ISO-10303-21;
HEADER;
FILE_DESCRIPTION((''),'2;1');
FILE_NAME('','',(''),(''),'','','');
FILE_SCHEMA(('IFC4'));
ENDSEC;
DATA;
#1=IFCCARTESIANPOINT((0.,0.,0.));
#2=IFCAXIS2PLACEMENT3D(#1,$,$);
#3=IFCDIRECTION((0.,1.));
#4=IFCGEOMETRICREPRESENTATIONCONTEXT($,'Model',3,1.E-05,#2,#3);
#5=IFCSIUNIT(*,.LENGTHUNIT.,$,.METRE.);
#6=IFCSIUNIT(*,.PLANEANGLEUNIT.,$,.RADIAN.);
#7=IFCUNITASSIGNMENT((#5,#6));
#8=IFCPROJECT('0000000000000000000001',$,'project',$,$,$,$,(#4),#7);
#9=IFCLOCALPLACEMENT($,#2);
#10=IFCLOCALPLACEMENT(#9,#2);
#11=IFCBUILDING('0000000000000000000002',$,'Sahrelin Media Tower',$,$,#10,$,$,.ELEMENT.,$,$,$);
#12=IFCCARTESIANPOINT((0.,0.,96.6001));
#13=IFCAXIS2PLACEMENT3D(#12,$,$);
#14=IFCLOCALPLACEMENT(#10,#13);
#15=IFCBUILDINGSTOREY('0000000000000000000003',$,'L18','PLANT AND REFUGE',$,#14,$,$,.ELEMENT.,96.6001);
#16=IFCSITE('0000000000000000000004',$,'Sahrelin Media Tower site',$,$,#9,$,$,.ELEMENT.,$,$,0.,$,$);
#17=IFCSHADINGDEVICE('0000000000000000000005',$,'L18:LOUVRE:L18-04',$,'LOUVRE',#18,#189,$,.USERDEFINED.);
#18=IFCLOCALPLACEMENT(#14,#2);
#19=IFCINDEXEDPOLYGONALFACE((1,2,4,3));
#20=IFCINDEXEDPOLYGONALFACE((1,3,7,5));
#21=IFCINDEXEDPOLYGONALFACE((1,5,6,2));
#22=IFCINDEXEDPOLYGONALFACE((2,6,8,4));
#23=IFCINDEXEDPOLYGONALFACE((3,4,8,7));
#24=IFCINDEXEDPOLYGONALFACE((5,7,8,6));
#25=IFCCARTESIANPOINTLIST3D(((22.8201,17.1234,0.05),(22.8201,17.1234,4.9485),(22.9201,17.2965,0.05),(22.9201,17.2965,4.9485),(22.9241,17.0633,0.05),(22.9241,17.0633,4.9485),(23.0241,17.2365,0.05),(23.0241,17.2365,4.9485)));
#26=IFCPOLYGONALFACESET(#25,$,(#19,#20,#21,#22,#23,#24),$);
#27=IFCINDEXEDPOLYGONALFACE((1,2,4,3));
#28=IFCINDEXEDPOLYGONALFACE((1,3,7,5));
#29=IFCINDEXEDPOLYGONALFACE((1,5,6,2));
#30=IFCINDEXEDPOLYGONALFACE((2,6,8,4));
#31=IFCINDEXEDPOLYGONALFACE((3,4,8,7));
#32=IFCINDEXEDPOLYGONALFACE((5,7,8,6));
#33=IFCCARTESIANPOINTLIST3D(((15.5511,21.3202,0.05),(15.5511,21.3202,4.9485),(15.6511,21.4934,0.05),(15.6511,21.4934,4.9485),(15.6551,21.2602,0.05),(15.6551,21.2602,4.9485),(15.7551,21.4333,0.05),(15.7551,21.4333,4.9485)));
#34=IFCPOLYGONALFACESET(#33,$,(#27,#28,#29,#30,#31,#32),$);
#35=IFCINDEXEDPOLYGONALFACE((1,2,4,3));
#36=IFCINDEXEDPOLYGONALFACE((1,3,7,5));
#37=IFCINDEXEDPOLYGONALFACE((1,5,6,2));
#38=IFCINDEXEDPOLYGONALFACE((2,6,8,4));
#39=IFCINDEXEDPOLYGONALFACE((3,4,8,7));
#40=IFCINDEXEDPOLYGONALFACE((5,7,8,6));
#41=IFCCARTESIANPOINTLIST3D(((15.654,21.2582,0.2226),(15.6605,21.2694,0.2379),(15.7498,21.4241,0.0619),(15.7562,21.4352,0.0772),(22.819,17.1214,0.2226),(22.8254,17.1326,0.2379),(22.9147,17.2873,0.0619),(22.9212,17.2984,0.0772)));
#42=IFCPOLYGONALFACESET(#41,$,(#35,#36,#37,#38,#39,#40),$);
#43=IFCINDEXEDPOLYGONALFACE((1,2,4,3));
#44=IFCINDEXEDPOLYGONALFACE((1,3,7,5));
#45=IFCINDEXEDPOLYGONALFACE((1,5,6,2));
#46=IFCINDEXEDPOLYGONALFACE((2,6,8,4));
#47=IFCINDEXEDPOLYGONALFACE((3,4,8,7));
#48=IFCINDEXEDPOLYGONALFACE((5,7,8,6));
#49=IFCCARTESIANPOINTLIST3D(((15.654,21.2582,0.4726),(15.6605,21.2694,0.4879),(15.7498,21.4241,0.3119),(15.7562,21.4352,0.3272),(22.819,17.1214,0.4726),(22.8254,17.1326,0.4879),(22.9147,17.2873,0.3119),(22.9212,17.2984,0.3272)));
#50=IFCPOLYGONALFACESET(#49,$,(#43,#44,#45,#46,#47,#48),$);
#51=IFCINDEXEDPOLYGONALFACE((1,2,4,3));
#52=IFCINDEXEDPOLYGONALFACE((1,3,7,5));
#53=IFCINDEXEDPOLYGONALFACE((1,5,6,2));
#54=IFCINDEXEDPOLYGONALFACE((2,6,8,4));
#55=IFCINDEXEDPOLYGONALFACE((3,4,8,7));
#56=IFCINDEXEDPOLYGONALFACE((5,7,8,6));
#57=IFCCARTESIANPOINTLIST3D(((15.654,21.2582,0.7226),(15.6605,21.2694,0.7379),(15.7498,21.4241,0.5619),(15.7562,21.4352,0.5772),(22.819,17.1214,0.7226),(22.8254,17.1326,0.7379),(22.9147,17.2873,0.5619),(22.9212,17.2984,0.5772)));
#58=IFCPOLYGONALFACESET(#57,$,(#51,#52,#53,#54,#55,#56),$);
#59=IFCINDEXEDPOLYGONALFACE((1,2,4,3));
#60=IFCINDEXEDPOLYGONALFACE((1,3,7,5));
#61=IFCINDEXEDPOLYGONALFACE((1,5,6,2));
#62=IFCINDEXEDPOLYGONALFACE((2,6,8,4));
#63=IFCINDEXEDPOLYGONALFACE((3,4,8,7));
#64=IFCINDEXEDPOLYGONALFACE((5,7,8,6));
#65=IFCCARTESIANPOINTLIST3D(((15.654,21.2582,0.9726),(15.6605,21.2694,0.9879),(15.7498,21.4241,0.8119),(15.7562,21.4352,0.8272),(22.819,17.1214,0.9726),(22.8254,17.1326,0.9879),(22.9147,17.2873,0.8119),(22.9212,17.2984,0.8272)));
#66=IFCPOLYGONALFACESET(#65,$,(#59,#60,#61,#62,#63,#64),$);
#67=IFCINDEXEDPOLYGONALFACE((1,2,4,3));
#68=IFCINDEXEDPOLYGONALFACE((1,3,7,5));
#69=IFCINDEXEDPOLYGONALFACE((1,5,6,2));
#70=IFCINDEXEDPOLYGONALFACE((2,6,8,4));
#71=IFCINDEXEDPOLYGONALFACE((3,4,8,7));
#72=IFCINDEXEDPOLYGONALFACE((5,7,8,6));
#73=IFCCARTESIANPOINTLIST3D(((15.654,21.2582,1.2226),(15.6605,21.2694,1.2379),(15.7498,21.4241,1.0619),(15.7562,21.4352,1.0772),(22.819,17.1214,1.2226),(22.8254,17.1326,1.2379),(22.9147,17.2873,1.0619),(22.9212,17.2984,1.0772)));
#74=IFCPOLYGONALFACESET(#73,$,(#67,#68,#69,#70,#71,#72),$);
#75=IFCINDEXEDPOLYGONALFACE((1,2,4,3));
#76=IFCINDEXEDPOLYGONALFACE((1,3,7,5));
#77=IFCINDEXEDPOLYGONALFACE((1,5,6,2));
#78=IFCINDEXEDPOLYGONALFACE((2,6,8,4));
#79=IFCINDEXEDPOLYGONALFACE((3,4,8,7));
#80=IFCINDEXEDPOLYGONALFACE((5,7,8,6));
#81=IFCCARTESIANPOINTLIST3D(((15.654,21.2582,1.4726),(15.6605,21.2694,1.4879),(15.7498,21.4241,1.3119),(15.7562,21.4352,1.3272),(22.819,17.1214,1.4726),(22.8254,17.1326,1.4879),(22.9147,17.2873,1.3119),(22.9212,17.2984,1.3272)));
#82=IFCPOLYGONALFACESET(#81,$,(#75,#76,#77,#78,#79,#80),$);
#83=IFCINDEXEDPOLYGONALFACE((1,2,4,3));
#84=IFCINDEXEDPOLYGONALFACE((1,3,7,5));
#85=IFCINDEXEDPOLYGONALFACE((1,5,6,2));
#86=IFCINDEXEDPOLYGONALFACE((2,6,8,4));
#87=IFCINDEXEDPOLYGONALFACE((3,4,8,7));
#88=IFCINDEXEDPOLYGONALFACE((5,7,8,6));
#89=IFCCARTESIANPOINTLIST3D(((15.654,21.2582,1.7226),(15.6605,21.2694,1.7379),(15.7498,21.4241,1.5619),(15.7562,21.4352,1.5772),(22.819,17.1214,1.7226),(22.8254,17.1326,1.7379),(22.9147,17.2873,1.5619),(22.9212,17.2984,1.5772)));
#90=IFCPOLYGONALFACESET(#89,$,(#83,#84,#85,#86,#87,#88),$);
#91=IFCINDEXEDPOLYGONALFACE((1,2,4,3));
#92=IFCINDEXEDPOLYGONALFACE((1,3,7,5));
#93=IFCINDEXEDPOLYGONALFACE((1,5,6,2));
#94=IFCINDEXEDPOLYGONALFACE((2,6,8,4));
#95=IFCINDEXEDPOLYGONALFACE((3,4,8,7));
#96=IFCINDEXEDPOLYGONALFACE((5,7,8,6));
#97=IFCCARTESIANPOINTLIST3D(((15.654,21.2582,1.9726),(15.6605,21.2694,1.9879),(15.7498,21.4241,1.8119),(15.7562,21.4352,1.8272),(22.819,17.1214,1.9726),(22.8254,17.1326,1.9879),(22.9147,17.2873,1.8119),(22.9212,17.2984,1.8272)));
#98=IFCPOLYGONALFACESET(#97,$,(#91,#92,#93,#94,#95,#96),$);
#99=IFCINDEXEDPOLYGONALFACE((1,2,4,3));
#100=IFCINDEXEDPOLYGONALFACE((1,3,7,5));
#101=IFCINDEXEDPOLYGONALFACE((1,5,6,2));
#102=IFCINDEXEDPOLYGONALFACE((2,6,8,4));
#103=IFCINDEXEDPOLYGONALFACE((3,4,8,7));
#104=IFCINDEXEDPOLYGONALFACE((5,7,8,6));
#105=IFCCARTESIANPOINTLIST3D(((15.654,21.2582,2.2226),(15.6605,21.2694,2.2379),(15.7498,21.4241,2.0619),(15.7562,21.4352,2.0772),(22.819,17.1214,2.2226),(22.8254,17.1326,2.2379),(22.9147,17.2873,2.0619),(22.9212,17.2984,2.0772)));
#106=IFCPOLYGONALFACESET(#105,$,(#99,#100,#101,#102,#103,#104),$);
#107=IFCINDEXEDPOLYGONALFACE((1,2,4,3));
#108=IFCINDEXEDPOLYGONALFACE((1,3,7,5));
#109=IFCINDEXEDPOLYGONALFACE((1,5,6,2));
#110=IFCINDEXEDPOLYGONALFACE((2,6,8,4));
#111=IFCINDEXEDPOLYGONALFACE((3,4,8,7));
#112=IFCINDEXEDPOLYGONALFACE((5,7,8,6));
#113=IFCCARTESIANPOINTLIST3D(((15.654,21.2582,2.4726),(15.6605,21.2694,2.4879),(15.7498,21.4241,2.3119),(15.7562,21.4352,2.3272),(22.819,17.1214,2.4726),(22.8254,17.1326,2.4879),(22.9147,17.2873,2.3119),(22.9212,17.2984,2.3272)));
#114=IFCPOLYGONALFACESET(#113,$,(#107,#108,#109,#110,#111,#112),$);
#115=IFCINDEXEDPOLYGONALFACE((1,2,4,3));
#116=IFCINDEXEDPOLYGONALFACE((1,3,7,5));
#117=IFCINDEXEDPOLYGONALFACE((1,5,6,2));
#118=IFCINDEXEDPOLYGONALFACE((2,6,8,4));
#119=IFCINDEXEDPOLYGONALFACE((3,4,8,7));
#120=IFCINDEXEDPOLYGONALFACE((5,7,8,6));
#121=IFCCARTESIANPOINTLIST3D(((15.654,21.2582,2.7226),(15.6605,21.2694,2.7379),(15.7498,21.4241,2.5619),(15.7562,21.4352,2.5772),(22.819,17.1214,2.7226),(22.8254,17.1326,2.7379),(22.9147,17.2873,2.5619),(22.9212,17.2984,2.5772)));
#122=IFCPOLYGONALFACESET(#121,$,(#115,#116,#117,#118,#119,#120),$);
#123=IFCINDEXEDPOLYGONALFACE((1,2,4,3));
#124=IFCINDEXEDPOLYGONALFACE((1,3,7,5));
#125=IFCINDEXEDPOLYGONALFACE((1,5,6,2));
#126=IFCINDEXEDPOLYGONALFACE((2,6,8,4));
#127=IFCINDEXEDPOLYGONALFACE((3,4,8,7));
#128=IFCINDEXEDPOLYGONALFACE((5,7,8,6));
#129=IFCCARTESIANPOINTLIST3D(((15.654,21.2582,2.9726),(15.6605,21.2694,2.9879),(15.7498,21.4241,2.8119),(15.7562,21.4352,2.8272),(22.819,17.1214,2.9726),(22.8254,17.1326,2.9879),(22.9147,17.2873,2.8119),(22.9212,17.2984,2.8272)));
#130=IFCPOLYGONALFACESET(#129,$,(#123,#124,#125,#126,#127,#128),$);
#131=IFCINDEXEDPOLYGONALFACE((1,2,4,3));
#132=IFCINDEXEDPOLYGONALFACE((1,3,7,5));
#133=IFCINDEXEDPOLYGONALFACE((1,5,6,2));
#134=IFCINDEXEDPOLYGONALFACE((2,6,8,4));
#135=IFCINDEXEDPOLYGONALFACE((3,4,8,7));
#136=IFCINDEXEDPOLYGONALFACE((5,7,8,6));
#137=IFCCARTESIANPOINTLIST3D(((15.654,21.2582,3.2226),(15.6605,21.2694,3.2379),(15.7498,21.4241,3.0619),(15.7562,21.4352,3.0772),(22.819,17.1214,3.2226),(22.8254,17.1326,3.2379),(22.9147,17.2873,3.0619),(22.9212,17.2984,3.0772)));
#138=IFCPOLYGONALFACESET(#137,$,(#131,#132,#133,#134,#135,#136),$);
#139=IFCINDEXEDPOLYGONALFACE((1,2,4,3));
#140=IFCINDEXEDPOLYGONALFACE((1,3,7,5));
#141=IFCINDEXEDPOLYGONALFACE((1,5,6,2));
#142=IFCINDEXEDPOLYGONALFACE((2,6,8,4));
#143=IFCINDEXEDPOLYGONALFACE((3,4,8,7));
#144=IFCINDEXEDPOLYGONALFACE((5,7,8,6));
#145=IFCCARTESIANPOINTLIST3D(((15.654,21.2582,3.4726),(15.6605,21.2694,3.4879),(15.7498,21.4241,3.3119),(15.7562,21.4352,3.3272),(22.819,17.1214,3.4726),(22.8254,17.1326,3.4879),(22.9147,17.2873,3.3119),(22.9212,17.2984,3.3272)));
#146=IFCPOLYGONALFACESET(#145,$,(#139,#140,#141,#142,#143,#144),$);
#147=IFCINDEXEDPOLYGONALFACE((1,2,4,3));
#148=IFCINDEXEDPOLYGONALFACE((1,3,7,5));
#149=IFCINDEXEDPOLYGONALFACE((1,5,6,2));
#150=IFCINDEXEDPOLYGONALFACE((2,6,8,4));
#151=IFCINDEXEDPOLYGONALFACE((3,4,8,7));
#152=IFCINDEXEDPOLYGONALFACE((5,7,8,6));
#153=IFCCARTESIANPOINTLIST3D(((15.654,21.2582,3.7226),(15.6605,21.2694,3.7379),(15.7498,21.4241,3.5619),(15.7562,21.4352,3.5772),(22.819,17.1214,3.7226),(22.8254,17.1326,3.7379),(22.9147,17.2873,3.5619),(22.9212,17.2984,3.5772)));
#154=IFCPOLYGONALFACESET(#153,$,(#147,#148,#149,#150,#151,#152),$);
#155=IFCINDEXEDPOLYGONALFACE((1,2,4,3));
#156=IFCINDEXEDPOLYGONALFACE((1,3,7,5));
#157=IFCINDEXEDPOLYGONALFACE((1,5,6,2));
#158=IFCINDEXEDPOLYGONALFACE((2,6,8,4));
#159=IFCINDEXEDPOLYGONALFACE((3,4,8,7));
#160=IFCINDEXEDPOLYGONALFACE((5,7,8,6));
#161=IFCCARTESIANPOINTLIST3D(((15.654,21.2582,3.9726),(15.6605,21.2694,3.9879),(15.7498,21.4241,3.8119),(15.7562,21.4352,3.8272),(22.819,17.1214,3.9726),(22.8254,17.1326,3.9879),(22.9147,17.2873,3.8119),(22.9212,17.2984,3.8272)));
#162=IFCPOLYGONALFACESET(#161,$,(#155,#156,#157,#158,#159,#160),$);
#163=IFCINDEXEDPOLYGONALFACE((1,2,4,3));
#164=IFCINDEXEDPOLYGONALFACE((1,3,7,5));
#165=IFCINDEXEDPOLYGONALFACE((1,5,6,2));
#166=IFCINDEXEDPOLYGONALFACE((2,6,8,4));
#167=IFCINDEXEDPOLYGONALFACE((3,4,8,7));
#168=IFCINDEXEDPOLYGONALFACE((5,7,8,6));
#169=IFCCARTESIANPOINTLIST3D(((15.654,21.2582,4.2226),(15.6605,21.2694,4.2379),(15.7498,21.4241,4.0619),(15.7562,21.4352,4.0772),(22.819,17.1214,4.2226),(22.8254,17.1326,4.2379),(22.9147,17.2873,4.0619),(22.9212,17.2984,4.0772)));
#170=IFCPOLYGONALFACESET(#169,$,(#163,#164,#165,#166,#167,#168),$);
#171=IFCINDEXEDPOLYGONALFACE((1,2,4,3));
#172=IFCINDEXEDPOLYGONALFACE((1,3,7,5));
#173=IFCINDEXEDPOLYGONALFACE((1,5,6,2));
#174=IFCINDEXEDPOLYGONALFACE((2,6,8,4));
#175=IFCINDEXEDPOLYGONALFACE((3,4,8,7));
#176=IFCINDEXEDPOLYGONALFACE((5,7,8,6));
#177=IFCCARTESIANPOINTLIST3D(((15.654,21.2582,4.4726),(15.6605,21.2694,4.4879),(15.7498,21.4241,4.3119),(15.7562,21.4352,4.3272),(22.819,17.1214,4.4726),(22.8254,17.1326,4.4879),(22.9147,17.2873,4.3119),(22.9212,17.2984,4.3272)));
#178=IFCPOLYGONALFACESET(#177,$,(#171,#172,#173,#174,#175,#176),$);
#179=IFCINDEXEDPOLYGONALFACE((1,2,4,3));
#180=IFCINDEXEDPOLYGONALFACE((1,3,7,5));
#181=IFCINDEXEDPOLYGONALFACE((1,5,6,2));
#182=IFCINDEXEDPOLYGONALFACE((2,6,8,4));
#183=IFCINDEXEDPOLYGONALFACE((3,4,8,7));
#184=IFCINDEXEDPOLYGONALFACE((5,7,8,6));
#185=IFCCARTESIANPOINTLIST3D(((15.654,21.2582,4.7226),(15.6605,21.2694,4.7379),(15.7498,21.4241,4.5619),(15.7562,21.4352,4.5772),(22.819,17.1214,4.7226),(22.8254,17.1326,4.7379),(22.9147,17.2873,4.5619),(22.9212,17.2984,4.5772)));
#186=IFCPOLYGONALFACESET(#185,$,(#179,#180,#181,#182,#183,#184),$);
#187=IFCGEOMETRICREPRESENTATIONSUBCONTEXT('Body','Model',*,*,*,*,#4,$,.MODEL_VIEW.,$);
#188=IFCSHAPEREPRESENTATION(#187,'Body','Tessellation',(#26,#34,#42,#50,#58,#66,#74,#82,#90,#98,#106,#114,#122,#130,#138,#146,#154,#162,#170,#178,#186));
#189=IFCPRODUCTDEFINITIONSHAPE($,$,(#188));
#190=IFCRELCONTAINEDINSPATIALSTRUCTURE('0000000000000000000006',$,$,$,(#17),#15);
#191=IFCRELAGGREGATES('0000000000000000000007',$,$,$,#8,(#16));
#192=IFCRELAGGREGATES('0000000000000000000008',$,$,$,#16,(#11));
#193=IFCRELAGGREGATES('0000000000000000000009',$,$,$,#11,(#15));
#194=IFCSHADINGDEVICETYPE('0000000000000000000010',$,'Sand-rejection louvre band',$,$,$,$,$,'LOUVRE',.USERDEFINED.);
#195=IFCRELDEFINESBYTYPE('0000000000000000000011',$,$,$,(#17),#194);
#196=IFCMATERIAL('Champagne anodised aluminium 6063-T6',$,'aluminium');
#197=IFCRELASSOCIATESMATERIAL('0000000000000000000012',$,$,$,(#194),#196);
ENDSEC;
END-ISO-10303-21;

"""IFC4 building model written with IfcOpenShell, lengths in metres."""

from ifc_helpers import new_model, si_unit, direction, frame, origin, origin_2d, place, context, subcontext, project, spatial, rectangle, extrude, material, type_object, element, save


model = new_model("IFC4")

# Units and contexts
model_context = context("Model", 3, precision=1e-05, world=origin(), true_north=direction((0.0, 1.0)))
body_context = subcontext(model_context, "Body", "Model", "MODEL_VIEW")
ifc_project = project(units=[si_unit("LENGTHUNIT", "METRE"), si_unit("PLANEANGLEUNIT", "RADIAN")], contexts=[model_context])

# Site, building, storey
site_placement = place(None, origin())
site = spatial("IfcSite", under=ifc_project, at=site_placement, Name="Sahrelin Media Tower site", CompositionType="ELEMENT", RefElevation=0.0)
building_placement = place(site_placement, origin())
building = spatial("IfcBuilding", under=site, at=building_placement, Name="Sahrelin Media Tower", CompositionType="ELEMENT")
storey_placement = place(building_placement, frame((0.0, 0.0, 96.6001)))
storey = spatial("IfcBuildingStorey", under=building, at=storey_placement, Name="L18", Description="PLANT AND REFUGE", CompositionType="ELEMENT", Elevation=96.6001)

# Shading device
ifc_material_1 = material(Name="Champagne anodised aluminium 6063-T6", Category="aluminium")
shading_device_type = type_object("IfcShadingDeviceType", Name="Sand-rejection louvre band", ElementType="LOUVRE", PredefinedType="USERDEFINED", material=ifc_material_1)
shading_device_1_placement = place(storey_placement, frame((19.2375, 19.1917, 0.0), z_axis=(0.0, 0.0, 1.0), x_axis=(0.866019, -0.500011, 0.0)))
element("IfcShadingDevice", 1, at=shading_device_1_placement, inside=storey, type_object=shading_device_type, Name="L18:LOUVRE:L18-04", ObjectType="LOUVRE", PredefinedType="USERDEFINED", context=body_context, shape_type="SweptSolid", body=[
    extrude(rectangle(XDim=0.1201, YDim=0.2, at=origin_2d()), frame((4.1968, 0.1001, 0.05), z_axis=(0.0, 0.0, 1.0), x_axis=(1.0, 0.0, 0.0)), (0.0, 0.0, 1.0), 4.8984),
    extrude(rectangle(XDim=0.1201, YDim=0.2, at=origin_2d()), frame((-4.1968, 0.1001, 0.05), z_axis=(0.0, 0.0, 1.0), x_axis=(1.0, 0.0, 0.0)), (0.0, 0.0, 1.0), 4.8984),
    extrude(rectangle(XDim=0.25, YDim=0.02, at=origin_2d()), frame((4.1367, 0.1001, 0.1499), z_axis=(-1.0, 0.0, 0.0), x_axis=(0.0, -0.766044, 0.642788)), (0.0, 0.0, 1.0), 8.2734),
    extrude(rectangle(XDim=0.25, YDim=0.02, at=origin_2d()), frame((4.1367, 0.1001, 0.3999), z_axis=(-1.0, 0.0, 0.0), x_axis=(0.0, -0.766044, 0.642788)), (0.0, 0.0, 1.0), 8.2734),
    extrude(rectangle(XDim=0.25, YDim=0.02, at=origin_2d()), frame((4.1367, 0.1001, 0.6499), z_axis=(-1.0, 0.0, 0.0), x_axis=(0.0, -0.766044, 0.642788)), (0.0, 0.0, 1.0), 8.2734),
    extrude(rectangle(XDim=0.25, YDim=0.02, at=origin_2d()), frame((4.1367, 0.1001, 0.8999), z_axis=(-1.0, 0.0, 0.0), x_axis=(0.0, -0.766044, 0.642788)), (0.0, 0.0, 1.0), 8.2734),
    extrude(rectangle(XDim=0.25, YDim=0.02, at=origin_2d()), frame((4.1367, 0.1001, 1.1499), z_axis=(-1.0, 0.0, 0.0), x_axis=(0.0, -0.766044, 0.642788)), (0.0, 0.0, 1.0), 8.2734),
    extrude(rectangle(XDim=0.25, YDim=0.02, at=origin_2d()), frame((4.1367, 0.1001, 1.3999), z_axis=(-1.0, 0.0, 0.0), x_axis=(0.0, -0.766044, 0.642788)), (0.0, 0.0, 1.0), 8.2734),
    extrude(rectangle(XDim=0.25, YDim=0.02, at=origin_2d()), frame((4.1367, 0.1001, 1.6499), z_axis=(-1.0, 0.0, 0.0), x_axis=(0.0, -0.766044, 0.642788)), (0.0, 0.0, 1.0), 8.2734),
    extrude(rectangle(XDim=0.25, YDim=0.02, at=origin_2d()), frame((4.1367, 0.1001, 1.8999), z_axis=(-1.0, 0.0, 0.0), x_axis=(0.0, -0.766044, 0.642788)), (0.0, 0.0, 1.0), 8.2734),
    extrude(rectangle(XDim=0.25, YDim=0.02, at=origin_2d()), frame((4.1367, 0.1001, 2.1499), z_axis=(-1.0, 0.0, 0.0), x_axis=(0.0, -0.766044, 0.642788)), (0.0, 0.0, 1.0), 8.2734),
    extrude(rectangle(XDim=0.25, YDim=0.02, at=origin_2d()), frame((4.1367, 0.1001, 2.3999), z_axis=(-1.0, 0.0, 0.0), x_axis=(0.0, -0.766044, 0.642788)), (0.0, 0.0, 1.0), 8.2734),
    extrude(rectangle(XDim=0.25, YDim=0.02, at=origin_2d()), frame((4.1367, 0.1001, 2.6499), z_axis=(-1.0, 0.0, 0.0), x_axis=(0.0, -0.766044, 0.642788)), (0.0, 0.0, 1.0), 8.2734),
    extrude(rectangle(XDim=0.25, YDim=0.02, at=origin_2d()), frame((4.1367, 0.1001, 2.8999), z_axis=(-1.0, 0.0, 0.0), x_axis=(0.0, -0.766044, 0.642788)), (0.0, 0.0, 1.0), 8.2734),
    extrude(rectangle(XDim=0.25, YDim=0.02, at=origin_2d()), frame((4.1367, 0.1001, 3.1499), z_axis=(-1.0, 0.0, 0.0), x_axis=(0.0, -0.766044, 0.642788)), (0.0, 0.0, 1.0), 8.2734),
    extrude(rectangle(XDim=0.25, YDim=0.02, at=origin_2d()), frame((4.1367, 0.1001, 3.3999), z_axis=(-1.0, 0.0, 0.0), x_axis=(0.0, -0.766044, 0.642788)), (0.0, 0.0, 1.0), 8.2734),
    extrude(rectangle(XDim=0.25, YDim=0.02, at=origin_2d()), frame((4.1367, 0.1001, 3.6499), z_axis=(-1.0, 0.0, 0.0), x_axis=(0.0, -0.766044, 0.642788)), (0.0, 0.0, 1.0), 8.2734),
    extrude(rectangle(XDim=0.25, YDim=0.02, at=origin_2d()), frame((4.1367, 0.1001, 3.8999), z_axis=(-1.0, 0.0, 0.0), x_axis=(0.0, -0.766044, 0.642788)), (0.0, 0.0, 1.0), 8.2734),
    extrude(rectangle(XDim=0.25, YDim=0.02, at=origin_2d()), frame((4.1367, 0.1001, 4.1499), z_axis=(-1.0, 0.0, 0.0), x_axis=(0.0, -0.766044, 0.642788)), (0.0, 0.0, 1.0), 8.2734),
    extrude(rectangle(XDim=0.25, YDim=0.02, at=origin_2d()), frame((4.1367, 0.1001, 4.3999), z_axis=(-1.0, 0.0, 0.0), x_axis=(0.0, -0.766044, 0.642788)), (0.0, 0.0, 1.0), 8.2734),
    extrude(rectangle(XDim=0.25, YDim=0.02, at=origin_2d()), frame((4.1367, 0.1001, 4.6499), z_axis=(-1.0, 0.0, 0.0), x_axis=(0.0, -0.766044, 0.642788)), (0.0, 0.0, 1.0), 8.2734),
])

save(model, "model.ifc")
